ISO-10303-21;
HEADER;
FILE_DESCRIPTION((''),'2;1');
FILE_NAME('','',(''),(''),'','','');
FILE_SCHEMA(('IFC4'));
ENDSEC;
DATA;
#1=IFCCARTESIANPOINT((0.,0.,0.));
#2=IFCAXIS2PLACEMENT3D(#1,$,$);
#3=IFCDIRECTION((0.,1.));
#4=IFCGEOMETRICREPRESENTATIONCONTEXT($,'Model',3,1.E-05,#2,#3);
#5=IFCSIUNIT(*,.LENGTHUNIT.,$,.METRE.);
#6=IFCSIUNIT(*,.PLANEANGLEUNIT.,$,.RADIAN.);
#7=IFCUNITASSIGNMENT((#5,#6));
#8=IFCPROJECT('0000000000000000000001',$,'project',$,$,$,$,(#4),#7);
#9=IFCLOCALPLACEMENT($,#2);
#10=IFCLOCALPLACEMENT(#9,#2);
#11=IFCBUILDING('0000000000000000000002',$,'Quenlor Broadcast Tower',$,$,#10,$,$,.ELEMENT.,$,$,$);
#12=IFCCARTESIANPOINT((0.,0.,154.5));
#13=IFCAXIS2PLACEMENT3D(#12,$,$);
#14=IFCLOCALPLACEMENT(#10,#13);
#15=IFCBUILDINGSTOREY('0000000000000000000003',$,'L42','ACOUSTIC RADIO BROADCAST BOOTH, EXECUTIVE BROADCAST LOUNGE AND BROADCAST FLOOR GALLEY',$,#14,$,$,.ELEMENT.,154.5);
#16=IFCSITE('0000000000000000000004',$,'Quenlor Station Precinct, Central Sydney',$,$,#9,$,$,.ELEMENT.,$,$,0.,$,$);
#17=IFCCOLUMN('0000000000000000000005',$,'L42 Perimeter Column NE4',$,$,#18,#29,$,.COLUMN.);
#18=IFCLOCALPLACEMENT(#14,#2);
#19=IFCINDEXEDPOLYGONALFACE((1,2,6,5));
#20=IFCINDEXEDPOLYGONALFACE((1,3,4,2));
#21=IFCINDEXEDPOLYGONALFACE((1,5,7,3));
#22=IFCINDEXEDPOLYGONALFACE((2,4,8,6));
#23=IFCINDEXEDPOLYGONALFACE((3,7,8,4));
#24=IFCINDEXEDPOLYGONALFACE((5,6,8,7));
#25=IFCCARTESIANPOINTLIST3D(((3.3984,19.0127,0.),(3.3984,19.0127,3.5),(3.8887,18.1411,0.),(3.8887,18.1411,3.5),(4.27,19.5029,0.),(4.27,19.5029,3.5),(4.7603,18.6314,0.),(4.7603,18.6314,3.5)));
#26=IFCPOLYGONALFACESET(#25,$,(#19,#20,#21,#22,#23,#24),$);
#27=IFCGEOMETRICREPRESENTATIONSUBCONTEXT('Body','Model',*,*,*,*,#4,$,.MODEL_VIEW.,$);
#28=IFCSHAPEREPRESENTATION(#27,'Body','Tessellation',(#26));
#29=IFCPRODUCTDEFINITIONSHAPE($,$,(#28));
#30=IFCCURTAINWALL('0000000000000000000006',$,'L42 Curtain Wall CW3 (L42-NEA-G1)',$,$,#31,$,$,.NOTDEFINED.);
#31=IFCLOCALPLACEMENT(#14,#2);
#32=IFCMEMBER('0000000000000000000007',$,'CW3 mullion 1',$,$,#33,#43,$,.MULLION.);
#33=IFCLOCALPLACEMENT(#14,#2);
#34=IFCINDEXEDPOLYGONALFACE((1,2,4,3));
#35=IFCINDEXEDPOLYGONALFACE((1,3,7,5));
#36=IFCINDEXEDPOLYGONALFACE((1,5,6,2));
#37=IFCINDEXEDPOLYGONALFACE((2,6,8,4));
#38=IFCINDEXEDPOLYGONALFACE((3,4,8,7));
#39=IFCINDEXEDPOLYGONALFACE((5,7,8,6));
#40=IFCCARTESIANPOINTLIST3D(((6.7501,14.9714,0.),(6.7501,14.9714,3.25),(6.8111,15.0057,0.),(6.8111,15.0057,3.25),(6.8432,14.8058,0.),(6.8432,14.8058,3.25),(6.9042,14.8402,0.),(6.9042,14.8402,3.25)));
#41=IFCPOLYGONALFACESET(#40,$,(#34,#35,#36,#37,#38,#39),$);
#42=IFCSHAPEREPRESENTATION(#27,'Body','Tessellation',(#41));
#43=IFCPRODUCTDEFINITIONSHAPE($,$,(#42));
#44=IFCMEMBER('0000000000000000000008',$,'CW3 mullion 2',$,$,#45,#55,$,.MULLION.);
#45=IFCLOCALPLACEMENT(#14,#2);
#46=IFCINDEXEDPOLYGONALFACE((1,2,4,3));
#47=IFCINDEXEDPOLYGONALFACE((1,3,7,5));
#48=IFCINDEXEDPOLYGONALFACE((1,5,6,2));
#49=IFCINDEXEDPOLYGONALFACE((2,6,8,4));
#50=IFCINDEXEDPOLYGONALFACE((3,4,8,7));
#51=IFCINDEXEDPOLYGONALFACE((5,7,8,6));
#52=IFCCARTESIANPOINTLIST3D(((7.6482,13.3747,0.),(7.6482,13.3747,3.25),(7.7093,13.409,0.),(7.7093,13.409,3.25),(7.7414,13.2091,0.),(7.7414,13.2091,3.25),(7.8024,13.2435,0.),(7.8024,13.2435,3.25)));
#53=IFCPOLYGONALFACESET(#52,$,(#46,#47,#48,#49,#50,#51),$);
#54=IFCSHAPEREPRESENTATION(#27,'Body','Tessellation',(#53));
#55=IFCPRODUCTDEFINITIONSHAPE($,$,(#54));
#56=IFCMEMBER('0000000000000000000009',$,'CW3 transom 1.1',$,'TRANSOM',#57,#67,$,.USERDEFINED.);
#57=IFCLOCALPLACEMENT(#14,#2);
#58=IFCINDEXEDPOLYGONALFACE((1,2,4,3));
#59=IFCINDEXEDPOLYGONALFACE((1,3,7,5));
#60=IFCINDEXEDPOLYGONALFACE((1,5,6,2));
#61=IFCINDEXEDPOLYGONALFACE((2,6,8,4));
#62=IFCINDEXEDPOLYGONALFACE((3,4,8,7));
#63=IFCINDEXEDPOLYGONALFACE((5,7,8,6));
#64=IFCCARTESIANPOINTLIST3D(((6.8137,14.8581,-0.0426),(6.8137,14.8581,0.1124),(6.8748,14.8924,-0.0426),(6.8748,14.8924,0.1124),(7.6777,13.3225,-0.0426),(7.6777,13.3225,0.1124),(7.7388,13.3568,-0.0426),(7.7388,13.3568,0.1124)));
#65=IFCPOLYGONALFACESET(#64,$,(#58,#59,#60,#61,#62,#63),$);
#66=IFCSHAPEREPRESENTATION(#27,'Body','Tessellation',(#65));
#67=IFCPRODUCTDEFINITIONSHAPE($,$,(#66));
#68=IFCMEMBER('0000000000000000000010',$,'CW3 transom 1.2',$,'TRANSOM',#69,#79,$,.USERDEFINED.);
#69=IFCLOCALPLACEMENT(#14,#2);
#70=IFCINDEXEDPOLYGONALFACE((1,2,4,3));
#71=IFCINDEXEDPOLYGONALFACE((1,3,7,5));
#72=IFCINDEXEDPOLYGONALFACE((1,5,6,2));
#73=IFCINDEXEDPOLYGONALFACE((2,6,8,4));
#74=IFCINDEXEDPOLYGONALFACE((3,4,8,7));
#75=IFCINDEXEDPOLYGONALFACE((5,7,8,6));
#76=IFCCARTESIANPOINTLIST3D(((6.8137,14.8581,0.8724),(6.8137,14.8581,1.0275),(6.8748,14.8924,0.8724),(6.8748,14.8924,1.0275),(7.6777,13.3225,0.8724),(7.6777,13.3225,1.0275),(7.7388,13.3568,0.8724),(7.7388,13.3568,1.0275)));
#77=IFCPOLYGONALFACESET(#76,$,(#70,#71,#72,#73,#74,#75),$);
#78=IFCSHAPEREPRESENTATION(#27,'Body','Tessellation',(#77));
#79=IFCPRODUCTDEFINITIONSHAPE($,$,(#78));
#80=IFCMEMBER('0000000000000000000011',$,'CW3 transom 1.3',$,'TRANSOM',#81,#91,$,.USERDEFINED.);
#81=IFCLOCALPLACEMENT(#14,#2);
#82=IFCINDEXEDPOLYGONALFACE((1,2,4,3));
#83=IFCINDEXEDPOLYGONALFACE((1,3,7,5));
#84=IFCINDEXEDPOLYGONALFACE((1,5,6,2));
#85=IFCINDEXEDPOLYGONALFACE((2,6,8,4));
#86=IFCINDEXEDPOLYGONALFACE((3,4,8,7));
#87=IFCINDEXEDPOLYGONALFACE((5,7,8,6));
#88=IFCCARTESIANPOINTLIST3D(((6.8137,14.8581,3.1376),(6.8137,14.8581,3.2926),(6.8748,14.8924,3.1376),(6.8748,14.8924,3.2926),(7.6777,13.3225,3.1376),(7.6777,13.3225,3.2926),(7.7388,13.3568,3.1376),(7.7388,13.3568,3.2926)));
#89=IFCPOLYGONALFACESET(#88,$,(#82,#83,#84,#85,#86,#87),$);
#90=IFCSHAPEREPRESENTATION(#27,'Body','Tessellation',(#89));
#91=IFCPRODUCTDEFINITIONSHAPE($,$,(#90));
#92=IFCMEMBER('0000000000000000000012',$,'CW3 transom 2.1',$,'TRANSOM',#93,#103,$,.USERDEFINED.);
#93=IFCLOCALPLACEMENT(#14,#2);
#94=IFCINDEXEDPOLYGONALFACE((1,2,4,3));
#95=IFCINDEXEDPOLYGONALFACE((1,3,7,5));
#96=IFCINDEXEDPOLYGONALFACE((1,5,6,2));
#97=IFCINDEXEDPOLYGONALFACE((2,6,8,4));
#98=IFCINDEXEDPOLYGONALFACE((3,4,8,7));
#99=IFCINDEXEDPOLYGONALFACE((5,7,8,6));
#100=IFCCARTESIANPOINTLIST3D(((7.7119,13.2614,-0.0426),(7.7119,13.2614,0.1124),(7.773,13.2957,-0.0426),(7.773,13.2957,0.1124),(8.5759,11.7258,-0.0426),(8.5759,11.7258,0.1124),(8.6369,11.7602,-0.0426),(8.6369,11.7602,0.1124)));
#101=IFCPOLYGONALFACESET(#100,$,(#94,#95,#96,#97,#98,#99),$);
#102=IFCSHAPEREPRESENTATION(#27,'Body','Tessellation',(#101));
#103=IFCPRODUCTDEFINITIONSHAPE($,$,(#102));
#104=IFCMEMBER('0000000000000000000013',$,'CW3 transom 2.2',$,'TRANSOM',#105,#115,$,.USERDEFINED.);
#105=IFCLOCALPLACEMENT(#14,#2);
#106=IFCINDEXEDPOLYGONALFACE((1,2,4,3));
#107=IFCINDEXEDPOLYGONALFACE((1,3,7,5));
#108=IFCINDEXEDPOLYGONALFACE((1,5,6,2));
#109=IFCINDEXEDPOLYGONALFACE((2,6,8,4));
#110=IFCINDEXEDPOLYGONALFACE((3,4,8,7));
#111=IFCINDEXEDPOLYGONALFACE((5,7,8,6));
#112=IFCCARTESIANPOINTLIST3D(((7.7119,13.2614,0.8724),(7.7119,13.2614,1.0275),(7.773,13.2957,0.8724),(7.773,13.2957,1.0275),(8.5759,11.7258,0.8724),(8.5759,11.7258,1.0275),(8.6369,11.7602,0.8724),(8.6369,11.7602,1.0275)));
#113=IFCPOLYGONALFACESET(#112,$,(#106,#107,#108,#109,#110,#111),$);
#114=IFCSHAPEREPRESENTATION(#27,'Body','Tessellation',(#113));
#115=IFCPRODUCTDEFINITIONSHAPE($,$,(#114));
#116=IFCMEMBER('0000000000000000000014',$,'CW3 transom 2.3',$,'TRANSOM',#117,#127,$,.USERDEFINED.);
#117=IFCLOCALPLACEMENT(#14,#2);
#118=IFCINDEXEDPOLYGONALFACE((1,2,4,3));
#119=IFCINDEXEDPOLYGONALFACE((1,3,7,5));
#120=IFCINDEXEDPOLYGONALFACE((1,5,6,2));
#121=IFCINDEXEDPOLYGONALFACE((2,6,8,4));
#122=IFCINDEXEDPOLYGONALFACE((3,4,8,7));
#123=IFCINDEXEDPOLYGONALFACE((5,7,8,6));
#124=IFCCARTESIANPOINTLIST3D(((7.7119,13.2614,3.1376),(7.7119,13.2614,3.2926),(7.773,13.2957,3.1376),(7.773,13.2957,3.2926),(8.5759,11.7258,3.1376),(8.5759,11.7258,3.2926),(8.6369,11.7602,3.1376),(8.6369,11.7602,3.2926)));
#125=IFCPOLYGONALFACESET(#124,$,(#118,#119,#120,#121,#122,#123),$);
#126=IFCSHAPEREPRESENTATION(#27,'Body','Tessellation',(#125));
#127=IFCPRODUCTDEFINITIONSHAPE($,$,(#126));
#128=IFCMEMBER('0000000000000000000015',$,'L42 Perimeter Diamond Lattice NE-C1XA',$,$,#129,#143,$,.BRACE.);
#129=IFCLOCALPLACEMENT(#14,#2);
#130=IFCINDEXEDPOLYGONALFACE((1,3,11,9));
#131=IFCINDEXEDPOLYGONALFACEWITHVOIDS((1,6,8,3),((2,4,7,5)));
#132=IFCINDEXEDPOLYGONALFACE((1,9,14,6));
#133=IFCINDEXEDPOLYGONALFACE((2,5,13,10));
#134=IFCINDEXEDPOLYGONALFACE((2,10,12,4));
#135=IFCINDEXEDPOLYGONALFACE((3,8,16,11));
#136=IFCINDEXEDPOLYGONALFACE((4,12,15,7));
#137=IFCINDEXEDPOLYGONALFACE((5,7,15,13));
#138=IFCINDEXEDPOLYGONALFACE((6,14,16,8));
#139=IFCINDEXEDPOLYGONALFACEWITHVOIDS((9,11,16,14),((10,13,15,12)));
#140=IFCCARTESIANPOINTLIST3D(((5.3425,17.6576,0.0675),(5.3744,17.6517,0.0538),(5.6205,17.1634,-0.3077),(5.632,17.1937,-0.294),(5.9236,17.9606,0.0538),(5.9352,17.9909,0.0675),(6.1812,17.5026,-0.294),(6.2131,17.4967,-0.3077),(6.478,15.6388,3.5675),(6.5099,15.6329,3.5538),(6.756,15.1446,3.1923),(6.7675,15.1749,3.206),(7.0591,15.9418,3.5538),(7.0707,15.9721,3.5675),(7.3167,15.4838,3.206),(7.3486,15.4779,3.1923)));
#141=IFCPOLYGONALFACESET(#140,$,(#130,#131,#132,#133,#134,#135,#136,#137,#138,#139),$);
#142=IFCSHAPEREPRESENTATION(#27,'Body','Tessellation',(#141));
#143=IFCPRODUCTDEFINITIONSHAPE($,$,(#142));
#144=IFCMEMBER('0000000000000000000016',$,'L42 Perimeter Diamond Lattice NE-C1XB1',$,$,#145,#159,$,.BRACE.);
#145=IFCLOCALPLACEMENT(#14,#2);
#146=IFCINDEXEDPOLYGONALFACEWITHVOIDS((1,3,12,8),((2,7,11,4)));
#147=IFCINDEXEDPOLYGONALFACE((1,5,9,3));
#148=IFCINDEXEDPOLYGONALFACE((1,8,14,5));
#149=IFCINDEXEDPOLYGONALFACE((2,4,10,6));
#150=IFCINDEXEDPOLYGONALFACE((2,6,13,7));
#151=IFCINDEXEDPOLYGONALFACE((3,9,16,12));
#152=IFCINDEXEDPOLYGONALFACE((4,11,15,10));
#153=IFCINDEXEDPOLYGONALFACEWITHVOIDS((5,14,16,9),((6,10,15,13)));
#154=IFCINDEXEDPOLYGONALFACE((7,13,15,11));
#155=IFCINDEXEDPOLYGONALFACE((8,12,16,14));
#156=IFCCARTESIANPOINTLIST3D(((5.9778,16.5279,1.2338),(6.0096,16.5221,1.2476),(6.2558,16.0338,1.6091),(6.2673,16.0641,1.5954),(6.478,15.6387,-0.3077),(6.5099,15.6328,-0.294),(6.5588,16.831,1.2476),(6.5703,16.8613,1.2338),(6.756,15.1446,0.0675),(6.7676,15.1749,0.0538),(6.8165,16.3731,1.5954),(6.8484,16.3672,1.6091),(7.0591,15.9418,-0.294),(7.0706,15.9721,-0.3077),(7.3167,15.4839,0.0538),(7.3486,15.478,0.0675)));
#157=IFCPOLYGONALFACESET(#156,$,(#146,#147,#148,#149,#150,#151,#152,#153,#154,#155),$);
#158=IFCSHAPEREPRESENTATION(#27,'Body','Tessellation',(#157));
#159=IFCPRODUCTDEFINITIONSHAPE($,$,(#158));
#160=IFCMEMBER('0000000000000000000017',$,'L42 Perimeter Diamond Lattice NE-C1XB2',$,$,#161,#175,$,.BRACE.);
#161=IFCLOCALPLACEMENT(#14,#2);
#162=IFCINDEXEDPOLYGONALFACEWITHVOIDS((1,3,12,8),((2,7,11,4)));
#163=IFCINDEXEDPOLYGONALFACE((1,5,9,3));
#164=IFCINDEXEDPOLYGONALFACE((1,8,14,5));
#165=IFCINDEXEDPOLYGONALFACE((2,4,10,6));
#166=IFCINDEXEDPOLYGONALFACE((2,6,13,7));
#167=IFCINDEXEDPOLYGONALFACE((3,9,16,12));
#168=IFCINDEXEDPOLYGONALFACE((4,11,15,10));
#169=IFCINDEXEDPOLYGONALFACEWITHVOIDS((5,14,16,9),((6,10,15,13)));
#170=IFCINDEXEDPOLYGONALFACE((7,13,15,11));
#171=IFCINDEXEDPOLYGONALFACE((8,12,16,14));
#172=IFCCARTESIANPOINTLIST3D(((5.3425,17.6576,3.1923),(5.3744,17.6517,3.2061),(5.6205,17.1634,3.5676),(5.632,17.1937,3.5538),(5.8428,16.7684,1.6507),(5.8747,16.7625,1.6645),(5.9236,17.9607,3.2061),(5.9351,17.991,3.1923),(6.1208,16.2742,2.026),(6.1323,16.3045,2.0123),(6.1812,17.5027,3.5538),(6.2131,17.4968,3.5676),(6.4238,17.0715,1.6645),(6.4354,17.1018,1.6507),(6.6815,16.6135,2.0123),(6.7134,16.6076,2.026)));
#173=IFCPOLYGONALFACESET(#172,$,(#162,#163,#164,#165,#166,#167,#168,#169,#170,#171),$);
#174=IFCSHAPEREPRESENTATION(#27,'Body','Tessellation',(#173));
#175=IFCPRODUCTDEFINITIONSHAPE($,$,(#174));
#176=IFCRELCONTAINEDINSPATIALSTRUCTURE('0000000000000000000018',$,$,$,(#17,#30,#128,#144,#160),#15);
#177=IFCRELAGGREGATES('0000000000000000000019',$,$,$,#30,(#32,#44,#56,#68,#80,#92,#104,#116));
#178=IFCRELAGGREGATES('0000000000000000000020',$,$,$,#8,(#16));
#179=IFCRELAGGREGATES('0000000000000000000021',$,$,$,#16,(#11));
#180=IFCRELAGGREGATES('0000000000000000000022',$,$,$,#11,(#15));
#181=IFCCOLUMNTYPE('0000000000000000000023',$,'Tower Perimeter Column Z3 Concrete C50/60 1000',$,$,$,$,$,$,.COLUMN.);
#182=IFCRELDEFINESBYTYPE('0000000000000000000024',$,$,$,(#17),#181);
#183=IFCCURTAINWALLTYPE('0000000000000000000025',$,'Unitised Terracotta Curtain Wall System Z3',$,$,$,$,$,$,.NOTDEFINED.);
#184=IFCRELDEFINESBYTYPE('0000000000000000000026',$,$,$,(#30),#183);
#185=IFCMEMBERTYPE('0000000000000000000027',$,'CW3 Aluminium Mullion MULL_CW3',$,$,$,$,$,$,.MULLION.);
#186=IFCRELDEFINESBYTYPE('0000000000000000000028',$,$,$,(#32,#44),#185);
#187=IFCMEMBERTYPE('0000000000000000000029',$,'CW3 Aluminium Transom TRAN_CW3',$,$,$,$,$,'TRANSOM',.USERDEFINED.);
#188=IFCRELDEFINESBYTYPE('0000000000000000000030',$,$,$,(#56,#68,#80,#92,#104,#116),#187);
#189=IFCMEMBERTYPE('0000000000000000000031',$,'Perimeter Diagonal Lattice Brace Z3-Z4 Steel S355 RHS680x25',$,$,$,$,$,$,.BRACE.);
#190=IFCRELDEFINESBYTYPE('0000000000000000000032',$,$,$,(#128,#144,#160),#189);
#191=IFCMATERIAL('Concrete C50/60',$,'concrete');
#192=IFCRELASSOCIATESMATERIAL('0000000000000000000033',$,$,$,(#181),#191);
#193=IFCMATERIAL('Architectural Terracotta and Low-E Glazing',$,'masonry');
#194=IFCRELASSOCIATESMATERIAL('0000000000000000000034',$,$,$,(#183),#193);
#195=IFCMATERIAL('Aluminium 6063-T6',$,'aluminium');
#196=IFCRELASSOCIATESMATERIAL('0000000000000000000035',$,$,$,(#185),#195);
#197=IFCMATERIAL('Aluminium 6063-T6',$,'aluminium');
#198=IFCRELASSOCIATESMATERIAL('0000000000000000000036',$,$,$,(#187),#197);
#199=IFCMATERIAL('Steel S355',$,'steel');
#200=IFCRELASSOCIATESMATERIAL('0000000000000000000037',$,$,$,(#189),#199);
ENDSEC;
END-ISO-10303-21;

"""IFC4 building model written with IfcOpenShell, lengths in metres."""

from ifc_helpers import new_model, si_unit, direction, frame, origin, origin_2d, place, context, subcontext, project, spatial, rectangle, hollow_rectangle, extrude, material, material_profile, profile_set, type_object, element, aggregate, save


model = new_model("IFC4")

# Units and contexts
model_context = context("Model", 3, precision=1e-05, world=origin(), true_north=direction((0.0, 1.0)))
body_context = subcontext(model_context, "Body", "Model", "MODEL_VIEW")
ifc_project = project(units=[si_unit("LENGTHUNIT", "METRE"), si_unit("PLANEANGLEUNIT", "RADIAN")], contexts=[model_context])

# Site, building, storey
site_placement = place(None, origin())
site = spatial("IfcSite", under=ifc_project, at=site_placement, Name="Quenlor Station Precinct, Central Sydney", CompositionType="ELEMENT", RefElevation=0.0)
building_placement = place(site_placement, origin())
building = spatial("IfcBuilding", under=site, at=building_placement, Name="Quenlor Broadcast Tower", CompositionType="ELEMENT")
storey_placement = place(building_placement, frame((0.0, 0.0, 154.5)))
storey = spatial("IfcBuildingStorey", under=building, at=storey_placement, Name="L42", Description="ACOUSTIC RADIO BROADCAST BOOTH, EXECUTIVE BROADCAST LOUNGE AND BROADCAST FLOOR GALLEY", CompositionType="ELEMENT", Elevation=154.5)

# Column
ifc_material_1 = material(Name="Concrete C50/60", Category="concrete")
ifc_material_profile_1 = material_profile(ifc_material_1, rectangle(XDim=1.0, YDim=1.0, at=origin_2d()))
ifc_profile_set_1 = profile_set([ifc_material_profile_1], Name="Concrete C50/60 RC1000x1000")
column_type = type_object("IfcColumnType", Name="Tower Perimeter Column Z3 Concrete C50/60 1000", PredefinedType="COLUMN", material=ifc_profile_set_1)
column_placement = place(storey_placement, frame((4.0793, 18.822, 0.0), z_axis=(0.0, 0.0, 1.0), x_axis=(0.871575, 0.490262, 0.0)))
element("IfcColumn", 1, at=column_placement, inside=storey, type_object=column_type, Name="L42 Perimeter Column NE4", PredefinedType="COLUMN", context=body_context, shape_type="SweptSolid", body=[
    extrude(rectangle(XDim=1.0, YDim=1.0, at=origin_2d()), origin(), (0.0, 0.0, 1.0), 3.5),
])

# Curtain wall, members
ifc_material_2 = material(Name="Architectural Terracotta and Low-E Glazing", Category="masonry")
curtain_wall_type = type_object("IfcCurtainWallType", Name="Unitised Terracotta Curtain Wall System Z3", PredefinedType="NOTDEFINED", material=ifc_material_2)
curtain_wall_placement = place(storey_placement, origin())
curtain_wall = element("IfcCurtainWall", 2, at=curtain_wall_placement, inside=storey, type_object=curtain_wall_type, Name="L42 Curtain Wall CW3 (L42-NEA-G1)", PredefinedType="NOTDEFINED")
ifc_material_3 = material(Name="Aluminium 6063-T6", Category="aluminium")
ifc_material_profile_2 = material_profile(ifc_material_3, rectangle(XDim=0.0701, YDim=0.1899, at=origin_2d()))
ifc_profile_set_2 = profile_set([ifc_material_profile_2], Name="Aluminium 6063-T6 MULL70x190")
member_type_1 = type_object("IfcMemberType", Name="CW3 Aluminium Mullion MULL_CW3", PredefinedType="MULLION", material=ifc_profile_set_2)
member_1_placement = place(storey_placement, frame((6.8271, 14.9058, 0.0), z_axis=(0.0, 0.0, 1.0), x_axis=(0.871571, 0.49027, 0.0)))
member_1 = element("IfcMember", 3, at=member_1_placement, type_object=member_type_1, Name="CW3 mullion 1", PredefinedType="MULLION", context=body_context, shape_type="SweptSolid", body=[
    extrude(rectangle(XDim=0.0701, YDim=0.1899, at=origin_2d()), origin(), (0.0, 0.0, 1.0), 3.25),
])
member_2_placement = place(storey_placement, frame((7.7253, 13.3091, 0.0), z_axis=(0.0, 0.0, 1.0), x_axis=(0.871571, 0.49027, 0.0)))
member_2 = element("IfcMember", 4, at=member_2_placement, type_object=member_type_1, Name="CW3 mullion 2", PredefinedType="MULLION", context=body_context, shape_type="SweptSolid", body=[
    extrude(rectangle(XDim=0.0701, YDim=0.1899, at=origin_2d()), origin(), (0.0, 0.0, 1.0), 3.25),
])
ifc_material_4 = material(Name="Aluminium 6063-T6", Category="aluminium")
ifc_material_profile_3 = material_profile(ifc_material_4, rectangle(XDim=0.0701, YDim=0.155, at=origin_2d()))
ifc_profile_set_3 = profile_set([ifc_material_profile_3], Name="Aluminium 6063-T6 TRAN70x155")
member_type_2 = type_object("IfcMemberType", Name="CW3 Aluminium Transom TRAN_CW3", ElementType="TRANSOM", PredefinedType="USERDEFINED", material=ifc_profile_set_3)
member_3_placement = place(storey_placement, frame((6.8442, 14.8752, 0.0349), z_axis=(0.490353, -0.871524, 0.0), x_axis=(0.871524, 0.490353, 0.0)))
member_3 = element("IfcMember", 5, at=member_3_placement, type_object=member_type_2, Name="CW3 transom 1.1", ObjectType="TRANSOM", PredefinedType="USERDEFINED", context=body_context, shape_type="SweptSolid", body=[
    extrude(rectangle(XDim=0.0701, YDim=0.155, at=origin_2d()), origin(), (0.0, 0.0, 1.0), 1.762),
])
member_4_placement = place(storey_placement, frame((6.8442, 14.8752, 0.95), z_axis=(0.490353, -0.871524, 0.0), x_axis=(0.871524, 0.490353, 0.0)))
member_4 = element("IfcMember", 6, at=member_4_placement, type_object=member_type_2, Name="CW3 transom 1.2", ObjectType="TRANSOM", PredefinedType="USERDEFINED", context=body_context, shape_type="SweptSolid", body=[
    extrude(rectangle(XDim=0.0701, YDim=0.155, at=origin_2d()), origin(), (0.0, 0.0, 1.0), 1.762),
])
member_5_placement = place(storey_placement, frame((6.8442, 14.8752, 3.2151), z_axis=(0.490353, -0.871524, 0.0), x_axis=(0.871524, 0.490353, 0.0)))
member_5 = element("IfcMember", 7, at=member_5_placement, type_object=member_type_2, Name="CW3 transom 1.3", ObjectType="TRANSOM", PredefinedType="USERDEFINED", context=body_context, shape_type="SweptSolid", body=[
    extrude(rectangle(XDim=0.0701, YDim=0.155, at=origin_2d()), origin(), (0.0, 0.0, 1.0), 1.762),
])
member_6_placement = place(storey_placement, frame((7.7424, 13.2786, 0.0349), z_axis=(0.490353, -0.871524, 0.0), x_axis=(0.871524, 0.490353, 0.0)))
member_6 = element("IfcMember", 8, at=member_6_placement, type_object=member_type_2, Name="CW3 transom 2.1", ObjectType="TRANSOM", PredefinedType="USERDEFINED", context=body_context, shape_type="SweptSolid", body=[
    extrude(rectangle(XDim=0.0701, YDim=0.155, at=origin_2d()), origin(), (0.0, 0.0, 1.0), 1.762),
])
member_7_placement = place(storey_placement, frame((7.7424, 13.2786, 0.95), z_axis=(0.490353, -0.871524, 0.0), x_axis=(0.871524, 0.490353, 0.0)))
member_7 = element("IfcMember", 9, at=member_7_placement, type_object=member_type_2, Name="CW3 transom 2.2", ObjectType="TRANSOM", PredefinedType="USERDEFINED", context=body_context, shape_type="SweptSolid", body=[
    extrude(rectangle(XDim=0.0701, YDim=0.155, at=origin_2d()), origin(), (0.0, 0.0, 1.0), 1.762),
])
member_8_placement = place(storey_placement, frame((7.7424, 13.2786, 3.2151), z_axis=(0.490353, -0.871524, 0.0), x_axis=(0.871524, 0.490353, 0.0)))
member_8 = element("IfcMember", 10, at=member_8_placement, type_object=member_type_2, Name="CW3 transom 2.3", ObjectType="TRANSOM", PredefinedType="USERDEFINED", context=body_context, shape_type="SweptSolid", body=[
    extrude(rectangle(XDim=0.0701, YDim=0.155, at=origin_2d()), origin(), (0.0, 0.0, 1.0), 1.762),
])

# Members
ifc_material_5 = material(Name="Steel S355", Category="steel")
ifc_material_profile_4 = material_profile(ifc_material_5, hollow_rectangle(XDim=0.6799, YDim=0.6799, WallThickness=0.0249, at=origin_2d()))
ifc_profile_set_4 = profile_set([ifc_material_profile_4], Name="Steel S355 RHS680x680x25")
member_type_3 = type_object("IfcMemberType", Name="Perimeter Diagonal Lattice Brace Z3-Z4 Steel S355 RHS680x25", PredefinedType="BRACE", material=ifc_profile_set_4)
member_9_placement = place(storey_placement, frame((5.7778, 17.5771, -0.1201), z_axis=(0.270549, -0.481009, 0.833927), x_axis=(0.87159, 0.490236, 0.0)))
element("IfcMember", 11, at=member_9_placement, inside=storey, type_object=member_type_3, Name="L42 Perimeter Diamond Lattice NE-C1XA", PredefinedType="BRACE", context=body_context, shape_type="SweptSolid", body=[
    extrude(hollow_rectangle(XDim=0.6799, YDim=0.6799, WallThickness=0.0249, at=origin_2d()), origin(), (0.0, 0.0, 1.0), 4.197),
])
for number, where, z_axis, x_axis, name in (
    (12, (6.9133, 15.5583, -0.1201), (-0.270616, 0.481008, 0.833905), (-0.871537, -0.490329, 0.0), "L42 Perimeter Diamond Lattice NE-C1XB1"),
    (13, (6.2781, 16.688, 1.8384), (-0.270616, 0.481008, 0.833905), (-0.871537, -0.490329, 0.0), "L42 Perimeter Diamond Lattice NE-C1XB2"),
):
    element("IfcMember", number, at=place(storey_placement, frame(where, z_axis=z_axis, x_axis=x_axis)), inside=storey, type_object=member_type_3, Name=name, PredefinedType="BRACE", context=body_context, shape_type="SweptSolid", body=[
        extrude(hollow_rectangle(XDim=0.6799, YDim=0.6799, WallThickness=0.0249, at=origin_2d()), origin(), (0.0, 0.0, 1.0), 1.8486),
    ])

aggregate(curtain_wall, [member_1, member_2, member_3, member_4, member_5, member_6, member_7, member_8])

save(model, "model.ifc")
